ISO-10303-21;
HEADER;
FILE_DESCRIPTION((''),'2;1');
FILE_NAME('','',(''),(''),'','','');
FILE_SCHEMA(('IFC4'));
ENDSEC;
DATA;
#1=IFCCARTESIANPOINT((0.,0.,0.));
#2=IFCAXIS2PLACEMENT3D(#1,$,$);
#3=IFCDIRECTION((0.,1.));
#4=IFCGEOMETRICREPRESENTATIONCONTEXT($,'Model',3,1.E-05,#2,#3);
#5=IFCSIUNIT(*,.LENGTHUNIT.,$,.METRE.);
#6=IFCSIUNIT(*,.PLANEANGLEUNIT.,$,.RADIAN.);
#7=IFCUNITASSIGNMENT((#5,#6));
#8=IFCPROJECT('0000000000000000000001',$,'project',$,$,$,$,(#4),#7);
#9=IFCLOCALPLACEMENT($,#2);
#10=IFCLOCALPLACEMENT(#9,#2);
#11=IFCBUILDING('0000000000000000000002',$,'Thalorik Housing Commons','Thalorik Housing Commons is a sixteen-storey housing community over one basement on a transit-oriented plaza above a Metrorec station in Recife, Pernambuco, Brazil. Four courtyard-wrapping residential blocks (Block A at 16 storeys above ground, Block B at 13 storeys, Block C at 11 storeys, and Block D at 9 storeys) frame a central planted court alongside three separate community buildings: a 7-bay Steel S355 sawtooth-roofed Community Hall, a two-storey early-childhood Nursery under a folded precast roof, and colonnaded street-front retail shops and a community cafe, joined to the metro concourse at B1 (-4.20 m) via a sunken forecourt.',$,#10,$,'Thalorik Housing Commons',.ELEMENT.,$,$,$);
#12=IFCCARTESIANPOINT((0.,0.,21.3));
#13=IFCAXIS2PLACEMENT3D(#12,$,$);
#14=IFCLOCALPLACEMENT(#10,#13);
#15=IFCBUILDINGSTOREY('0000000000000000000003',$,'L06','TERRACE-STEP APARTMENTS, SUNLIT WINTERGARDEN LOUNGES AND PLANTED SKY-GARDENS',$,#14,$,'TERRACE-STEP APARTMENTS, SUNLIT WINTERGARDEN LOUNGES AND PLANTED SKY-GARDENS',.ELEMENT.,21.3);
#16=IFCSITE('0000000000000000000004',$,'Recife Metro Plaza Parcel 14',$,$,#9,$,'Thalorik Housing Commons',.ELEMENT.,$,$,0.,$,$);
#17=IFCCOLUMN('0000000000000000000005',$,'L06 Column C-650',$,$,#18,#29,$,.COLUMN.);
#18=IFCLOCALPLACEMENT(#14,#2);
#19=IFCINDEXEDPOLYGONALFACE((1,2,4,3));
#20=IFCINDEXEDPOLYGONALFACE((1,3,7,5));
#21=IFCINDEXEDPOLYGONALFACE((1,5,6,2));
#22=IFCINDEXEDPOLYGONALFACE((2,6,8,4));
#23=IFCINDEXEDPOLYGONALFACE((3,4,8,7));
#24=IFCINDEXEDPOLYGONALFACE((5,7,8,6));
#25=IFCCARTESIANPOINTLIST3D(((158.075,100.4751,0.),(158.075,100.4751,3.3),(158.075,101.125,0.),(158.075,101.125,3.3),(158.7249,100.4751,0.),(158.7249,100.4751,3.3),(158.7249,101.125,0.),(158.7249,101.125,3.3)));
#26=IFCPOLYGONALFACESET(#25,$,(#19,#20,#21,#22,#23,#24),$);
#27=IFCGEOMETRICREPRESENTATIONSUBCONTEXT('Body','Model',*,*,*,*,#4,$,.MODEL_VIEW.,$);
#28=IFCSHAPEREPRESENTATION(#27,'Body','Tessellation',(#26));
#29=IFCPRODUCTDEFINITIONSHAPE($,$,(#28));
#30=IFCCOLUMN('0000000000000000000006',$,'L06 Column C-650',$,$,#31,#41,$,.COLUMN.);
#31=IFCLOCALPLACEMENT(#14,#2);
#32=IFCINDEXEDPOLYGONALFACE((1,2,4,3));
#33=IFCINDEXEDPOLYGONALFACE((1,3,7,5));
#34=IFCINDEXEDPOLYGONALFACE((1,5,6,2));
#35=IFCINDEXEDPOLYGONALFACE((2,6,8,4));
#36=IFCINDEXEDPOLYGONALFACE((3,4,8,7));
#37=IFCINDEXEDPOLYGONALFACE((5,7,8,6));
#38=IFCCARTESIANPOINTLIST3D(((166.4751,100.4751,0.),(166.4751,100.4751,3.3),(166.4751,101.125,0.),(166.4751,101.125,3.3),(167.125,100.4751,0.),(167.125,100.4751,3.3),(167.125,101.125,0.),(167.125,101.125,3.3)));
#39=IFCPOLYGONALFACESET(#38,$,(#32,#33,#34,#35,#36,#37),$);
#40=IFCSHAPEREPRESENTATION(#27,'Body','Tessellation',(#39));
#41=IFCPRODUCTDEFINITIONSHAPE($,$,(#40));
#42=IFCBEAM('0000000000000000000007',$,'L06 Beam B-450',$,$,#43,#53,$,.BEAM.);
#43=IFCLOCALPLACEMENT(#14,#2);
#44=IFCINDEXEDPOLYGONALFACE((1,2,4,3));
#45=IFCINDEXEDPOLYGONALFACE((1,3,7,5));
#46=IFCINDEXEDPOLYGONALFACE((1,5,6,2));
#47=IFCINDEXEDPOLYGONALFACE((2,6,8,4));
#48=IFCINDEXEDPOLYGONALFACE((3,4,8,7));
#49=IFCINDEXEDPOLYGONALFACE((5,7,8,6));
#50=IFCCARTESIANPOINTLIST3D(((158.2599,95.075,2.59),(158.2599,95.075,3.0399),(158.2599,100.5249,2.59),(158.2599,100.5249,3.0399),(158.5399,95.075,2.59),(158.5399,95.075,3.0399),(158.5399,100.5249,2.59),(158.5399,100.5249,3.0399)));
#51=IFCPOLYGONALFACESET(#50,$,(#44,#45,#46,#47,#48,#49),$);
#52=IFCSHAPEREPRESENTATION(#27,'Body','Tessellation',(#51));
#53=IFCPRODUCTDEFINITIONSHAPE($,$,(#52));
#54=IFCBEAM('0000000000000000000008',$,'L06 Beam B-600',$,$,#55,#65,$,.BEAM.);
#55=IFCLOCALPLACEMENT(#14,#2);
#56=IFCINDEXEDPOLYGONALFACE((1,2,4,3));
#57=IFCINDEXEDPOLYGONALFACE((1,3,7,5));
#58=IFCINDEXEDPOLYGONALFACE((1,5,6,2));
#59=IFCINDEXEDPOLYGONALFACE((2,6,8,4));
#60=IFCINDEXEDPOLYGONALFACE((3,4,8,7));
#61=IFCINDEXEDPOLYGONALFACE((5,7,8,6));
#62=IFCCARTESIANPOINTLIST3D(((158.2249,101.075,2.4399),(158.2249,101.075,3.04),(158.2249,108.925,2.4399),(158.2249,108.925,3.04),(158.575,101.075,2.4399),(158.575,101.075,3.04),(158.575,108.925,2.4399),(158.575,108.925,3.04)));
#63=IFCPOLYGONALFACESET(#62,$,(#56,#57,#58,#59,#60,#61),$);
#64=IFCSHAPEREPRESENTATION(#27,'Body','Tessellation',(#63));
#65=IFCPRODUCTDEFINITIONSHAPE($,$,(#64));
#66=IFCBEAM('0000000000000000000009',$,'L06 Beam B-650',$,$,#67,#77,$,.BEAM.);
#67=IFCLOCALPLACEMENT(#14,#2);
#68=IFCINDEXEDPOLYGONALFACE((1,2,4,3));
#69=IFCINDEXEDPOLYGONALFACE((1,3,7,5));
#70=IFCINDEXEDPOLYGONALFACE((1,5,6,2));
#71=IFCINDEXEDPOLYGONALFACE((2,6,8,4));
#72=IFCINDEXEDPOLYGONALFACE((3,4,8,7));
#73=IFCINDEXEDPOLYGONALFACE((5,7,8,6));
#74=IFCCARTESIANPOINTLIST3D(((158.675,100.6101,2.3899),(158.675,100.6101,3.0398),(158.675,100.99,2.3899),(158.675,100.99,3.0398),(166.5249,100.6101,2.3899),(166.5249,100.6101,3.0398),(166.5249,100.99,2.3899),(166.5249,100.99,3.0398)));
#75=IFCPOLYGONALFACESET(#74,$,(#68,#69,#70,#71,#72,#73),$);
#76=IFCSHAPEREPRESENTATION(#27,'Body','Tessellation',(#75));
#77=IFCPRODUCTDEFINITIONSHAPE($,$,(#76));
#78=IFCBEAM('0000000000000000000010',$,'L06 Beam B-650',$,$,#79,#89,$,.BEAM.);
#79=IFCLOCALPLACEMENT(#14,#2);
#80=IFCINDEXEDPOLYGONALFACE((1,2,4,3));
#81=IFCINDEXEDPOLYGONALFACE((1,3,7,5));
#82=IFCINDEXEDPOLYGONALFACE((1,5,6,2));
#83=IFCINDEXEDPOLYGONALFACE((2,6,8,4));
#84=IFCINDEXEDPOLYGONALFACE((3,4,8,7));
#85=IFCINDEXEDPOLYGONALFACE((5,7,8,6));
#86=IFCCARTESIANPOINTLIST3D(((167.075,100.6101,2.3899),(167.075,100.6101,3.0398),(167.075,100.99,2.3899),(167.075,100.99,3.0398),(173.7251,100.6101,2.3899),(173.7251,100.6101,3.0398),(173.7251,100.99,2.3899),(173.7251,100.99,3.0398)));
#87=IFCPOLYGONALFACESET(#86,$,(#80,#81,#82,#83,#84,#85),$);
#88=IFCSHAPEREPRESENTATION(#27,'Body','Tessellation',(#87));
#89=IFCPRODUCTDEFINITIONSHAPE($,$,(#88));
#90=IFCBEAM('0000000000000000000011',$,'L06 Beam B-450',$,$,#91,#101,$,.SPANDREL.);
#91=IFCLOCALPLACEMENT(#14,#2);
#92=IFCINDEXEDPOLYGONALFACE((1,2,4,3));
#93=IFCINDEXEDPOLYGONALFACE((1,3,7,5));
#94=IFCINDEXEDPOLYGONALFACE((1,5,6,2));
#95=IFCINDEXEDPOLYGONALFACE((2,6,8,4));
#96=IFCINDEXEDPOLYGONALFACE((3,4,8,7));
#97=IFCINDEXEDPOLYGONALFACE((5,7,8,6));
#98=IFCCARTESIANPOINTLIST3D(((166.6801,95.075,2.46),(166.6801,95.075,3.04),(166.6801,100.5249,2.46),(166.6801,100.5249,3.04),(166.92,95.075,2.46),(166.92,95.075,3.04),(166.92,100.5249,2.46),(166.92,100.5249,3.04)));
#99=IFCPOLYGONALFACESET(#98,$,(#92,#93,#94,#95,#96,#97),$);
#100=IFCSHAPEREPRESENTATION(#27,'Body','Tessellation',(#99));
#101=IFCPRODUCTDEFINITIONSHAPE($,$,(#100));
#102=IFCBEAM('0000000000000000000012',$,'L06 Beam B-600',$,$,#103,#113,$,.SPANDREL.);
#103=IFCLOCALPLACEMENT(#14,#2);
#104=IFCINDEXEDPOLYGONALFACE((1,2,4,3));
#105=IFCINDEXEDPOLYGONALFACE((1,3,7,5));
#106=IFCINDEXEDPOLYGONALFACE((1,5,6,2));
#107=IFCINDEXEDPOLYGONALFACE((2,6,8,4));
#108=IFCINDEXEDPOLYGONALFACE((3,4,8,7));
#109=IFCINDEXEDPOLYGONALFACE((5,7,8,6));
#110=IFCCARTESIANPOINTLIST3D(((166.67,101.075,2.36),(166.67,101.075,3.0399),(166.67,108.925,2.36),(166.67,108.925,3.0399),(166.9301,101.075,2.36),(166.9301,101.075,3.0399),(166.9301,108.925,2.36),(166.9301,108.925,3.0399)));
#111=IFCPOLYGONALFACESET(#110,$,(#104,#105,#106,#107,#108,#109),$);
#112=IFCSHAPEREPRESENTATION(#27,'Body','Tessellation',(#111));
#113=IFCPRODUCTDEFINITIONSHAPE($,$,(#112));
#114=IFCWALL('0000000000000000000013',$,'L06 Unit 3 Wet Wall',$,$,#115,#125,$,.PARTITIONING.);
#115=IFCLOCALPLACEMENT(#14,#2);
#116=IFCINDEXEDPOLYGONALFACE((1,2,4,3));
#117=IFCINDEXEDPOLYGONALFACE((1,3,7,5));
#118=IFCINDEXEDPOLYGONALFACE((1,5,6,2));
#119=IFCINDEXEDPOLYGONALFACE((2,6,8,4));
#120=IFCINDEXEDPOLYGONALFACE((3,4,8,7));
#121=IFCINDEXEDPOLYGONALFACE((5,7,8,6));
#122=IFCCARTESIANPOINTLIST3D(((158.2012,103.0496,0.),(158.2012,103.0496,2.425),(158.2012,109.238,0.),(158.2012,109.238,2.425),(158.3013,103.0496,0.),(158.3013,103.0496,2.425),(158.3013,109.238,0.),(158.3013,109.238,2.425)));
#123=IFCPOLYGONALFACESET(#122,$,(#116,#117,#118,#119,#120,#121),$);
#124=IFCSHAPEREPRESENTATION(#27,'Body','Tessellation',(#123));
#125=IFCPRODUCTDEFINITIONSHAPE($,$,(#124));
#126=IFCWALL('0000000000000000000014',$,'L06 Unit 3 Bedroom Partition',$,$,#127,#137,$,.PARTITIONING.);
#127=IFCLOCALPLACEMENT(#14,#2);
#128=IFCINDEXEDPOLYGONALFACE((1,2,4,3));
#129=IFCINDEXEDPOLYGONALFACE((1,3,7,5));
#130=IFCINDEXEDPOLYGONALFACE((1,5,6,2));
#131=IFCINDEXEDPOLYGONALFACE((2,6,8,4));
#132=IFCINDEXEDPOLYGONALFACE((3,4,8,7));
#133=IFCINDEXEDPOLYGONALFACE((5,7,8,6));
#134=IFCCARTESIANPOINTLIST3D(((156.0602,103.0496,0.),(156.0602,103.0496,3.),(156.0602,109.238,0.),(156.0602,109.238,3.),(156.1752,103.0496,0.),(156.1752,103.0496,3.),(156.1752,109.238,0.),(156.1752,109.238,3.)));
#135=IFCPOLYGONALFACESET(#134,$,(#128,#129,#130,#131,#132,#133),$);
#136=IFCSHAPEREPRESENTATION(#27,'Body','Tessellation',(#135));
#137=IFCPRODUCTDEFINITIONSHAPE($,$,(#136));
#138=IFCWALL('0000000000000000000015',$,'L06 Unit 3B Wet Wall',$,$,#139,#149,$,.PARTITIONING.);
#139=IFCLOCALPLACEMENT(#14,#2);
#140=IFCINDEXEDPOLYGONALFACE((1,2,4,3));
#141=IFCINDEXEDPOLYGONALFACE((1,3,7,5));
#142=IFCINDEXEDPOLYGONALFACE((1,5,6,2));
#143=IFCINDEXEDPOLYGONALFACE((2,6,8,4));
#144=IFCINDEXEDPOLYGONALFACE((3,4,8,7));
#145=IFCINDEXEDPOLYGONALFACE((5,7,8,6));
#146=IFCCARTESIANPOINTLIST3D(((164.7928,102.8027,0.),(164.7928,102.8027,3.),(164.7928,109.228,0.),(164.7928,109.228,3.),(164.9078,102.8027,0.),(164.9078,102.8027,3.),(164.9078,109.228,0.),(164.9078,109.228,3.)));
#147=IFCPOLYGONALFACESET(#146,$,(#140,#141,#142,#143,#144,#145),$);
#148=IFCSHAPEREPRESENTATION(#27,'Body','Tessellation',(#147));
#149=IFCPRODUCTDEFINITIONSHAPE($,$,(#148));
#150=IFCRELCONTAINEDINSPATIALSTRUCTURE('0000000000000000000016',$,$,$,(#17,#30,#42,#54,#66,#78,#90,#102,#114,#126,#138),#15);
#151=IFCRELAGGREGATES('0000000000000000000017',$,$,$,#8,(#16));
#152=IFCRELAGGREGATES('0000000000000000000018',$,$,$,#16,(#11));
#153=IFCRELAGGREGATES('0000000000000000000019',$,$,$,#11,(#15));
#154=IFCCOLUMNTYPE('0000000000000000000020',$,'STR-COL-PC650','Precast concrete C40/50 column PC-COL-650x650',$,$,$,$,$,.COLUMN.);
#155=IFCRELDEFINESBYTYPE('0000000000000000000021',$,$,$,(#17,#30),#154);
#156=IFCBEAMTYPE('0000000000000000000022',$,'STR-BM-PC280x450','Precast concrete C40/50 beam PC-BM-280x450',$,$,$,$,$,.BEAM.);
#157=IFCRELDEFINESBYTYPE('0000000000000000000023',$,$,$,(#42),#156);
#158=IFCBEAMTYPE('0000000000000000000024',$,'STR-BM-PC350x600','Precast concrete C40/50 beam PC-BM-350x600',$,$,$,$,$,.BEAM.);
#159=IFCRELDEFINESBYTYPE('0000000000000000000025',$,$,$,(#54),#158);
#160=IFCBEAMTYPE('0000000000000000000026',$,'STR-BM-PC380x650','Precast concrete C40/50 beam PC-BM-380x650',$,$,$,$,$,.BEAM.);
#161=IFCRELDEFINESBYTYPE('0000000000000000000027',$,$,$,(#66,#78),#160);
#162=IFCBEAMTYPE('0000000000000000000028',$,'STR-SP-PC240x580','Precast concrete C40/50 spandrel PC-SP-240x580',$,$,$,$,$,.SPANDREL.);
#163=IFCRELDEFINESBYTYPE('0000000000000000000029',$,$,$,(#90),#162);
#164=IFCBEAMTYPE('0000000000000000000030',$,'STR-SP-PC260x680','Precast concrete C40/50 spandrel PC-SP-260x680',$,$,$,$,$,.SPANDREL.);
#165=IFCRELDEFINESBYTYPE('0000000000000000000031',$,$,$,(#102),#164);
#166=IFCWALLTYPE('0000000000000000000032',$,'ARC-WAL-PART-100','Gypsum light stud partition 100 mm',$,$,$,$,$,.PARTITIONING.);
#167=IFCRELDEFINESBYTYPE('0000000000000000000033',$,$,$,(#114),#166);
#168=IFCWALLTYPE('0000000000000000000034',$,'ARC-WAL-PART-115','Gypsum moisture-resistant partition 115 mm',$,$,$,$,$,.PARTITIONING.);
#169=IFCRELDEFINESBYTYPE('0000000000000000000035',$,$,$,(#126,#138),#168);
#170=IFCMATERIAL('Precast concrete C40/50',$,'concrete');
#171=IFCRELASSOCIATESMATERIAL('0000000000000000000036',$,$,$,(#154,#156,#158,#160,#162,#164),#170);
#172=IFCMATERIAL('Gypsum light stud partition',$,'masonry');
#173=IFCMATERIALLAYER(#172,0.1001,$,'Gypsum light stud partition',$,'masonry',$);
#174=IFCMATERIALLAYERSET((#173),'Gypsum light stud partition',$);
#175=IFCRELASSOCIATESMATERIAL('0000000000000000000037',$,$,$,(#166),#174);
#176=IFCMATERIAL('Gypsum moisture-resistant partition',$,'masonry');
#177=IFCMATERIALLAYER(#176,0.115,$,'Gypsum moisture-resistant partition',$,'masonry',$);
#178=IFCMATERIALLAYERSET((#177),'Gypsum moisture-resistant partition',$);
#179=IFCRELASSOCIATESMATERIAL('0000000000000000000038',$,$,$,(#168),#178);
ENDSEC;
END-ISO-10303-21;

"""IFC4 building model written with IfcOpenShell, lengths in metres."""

from ifc_helpers import new_model, si_unit, direction, frame, frame_2d, origin, origin_2d, place, context, subcontext, project, spatial, rectangle, extrude, material, layer, layer_set, material_profile, profile_set, type_object, element, save


model = new_model("IFC4")

# Units and contexts
model_context = context("Model", 3, precision=1e-05, world=origin(), true_north=direction((0.0, 1.0)))
body_context = subcontext(model_context, "Body", "Model", "MODEL_VIEW")
ifc_project = project(units=[si_unit("LENGTHUNIT", "METRE"), si_unit("PLANEANGLEUNIT", "RADIAN")], contexts=[model_context])

# Site, building, storey
site_placement = place(None, origin())
site = spatial("IfcSite", under=ifc_project, at=site_placement, Name="Recife Metro Plaza Parcel 14", LongName="Thalorik Housing Commons", CompositionType="ELEMENT", RefElevation=0.0)
building_placement = place(site_placement, origin())
building = spatial("IfcBuilding", under=site, at=building_placement, Name="Thalorik Housing Commons", Description="Thalorik Housing Commons is a sixteen-storey housing community over one basement on a transit-oriented plaza above a Metrorec station in Recife, Pernambuco, Brazil. Four courtyard-wrapping residential blocks (Block A at 16 storeys above ground, Block B at 13 storeys, Block C at 11 storeys, and Block D at 9 storeys) frame a central planted court alongside three separate community buildings: a 7-bay Steel S355 sawtooth-roofed Community Hall, a two-storey early-childhood Nursery under a folded precast roof, and colonnaded street-front retail shops and a community cafe, joined to the metro concourse at B1 (-4.20 m) via a sunken forecourt.", LongName="Thalorik Housing Commons", CompositionType="ELEMENT")
storey_placement = place(building_placement, frame((0.0, 0.0, 21.3)))
storey = spatial("IfcBuildingStorey", under=building, at=storey_placement, Name="L06", Description="TERRACE-STEP APARTMENTS, SUNLIT WINTERGARDEN LOUNGES AND PLANTED SKY-GARDENS", LongName="TERRACE-STEP APARTMENTS, SUNLIT WINTERGARDEN LOUNGES AND PLANTED SKY-GARDENS", CompositionType="ELEMENT", Elevation=21.3)

# Columns
ifc_material_1 = material(Name="Precast concrete C40/50", Category="concrete")
ifc_material_profile_1 = material_profile(ifc_material_1, rectangle(XDim=0.6499, YDim=0.6499, at=origin_2d()), Name="PC 650x650", Category="concrete")
ifc_profile_set_1 = profile_set([ifc_material_profile_1], Name="Precast concrete C40/50")
column_type = type_object("IfcColumnType", Name="STR-COL-PC650", Description="Precast concrete C40/50 column PC-COL-650x650", PredefinedType="COLUMN", material=ifc_profile_set_1)
for number, where, z_axis, x_axis, name in (
    (1, (158.3999, 100.8, 0.0), (0.0, 0.0, 1.0), (1.0, 0.0, 0.0), "L06 Column C-650"),
    (2, (166.8, 100.8, 0.0), (0.0, 0.0, 1.0), (1.0, 0.0, 0.0), "L06 Column C-650"),
):
    element("IfcColumn", number, at=place(storey_placement, frame(where, z_axis=z_axis, x_axis=x_axis)), inside=storey, type_object=column_type, Name=name, PredefinedType="COLUMN", context=body_context, shape_type="SweptSolid", body=[
        extrude(rectangle(XDim=0.6499, YDim=0.6499, at=origin_2d()), origin(), (0.0, 0.0, 1.0), 3.3),
    ])

# Beams
ifc_material_profile_2 = material_profile(ifc_material_1, rectangle(XDim=0.28, YDim=0.45, at=origin_2d()), Name="PC 280x450", Category="concrete")
ifc_profile_set_2 = profile_set([ifc_material_profile_2], Name="Precast concrete C40/50")
beam_type_1 = type_object("IfcBeamType", Name="STR-BM-PC280x450", Description="Precast concrete C40/50 beam PC-BM-280x450", PredefinedType="BEAM", material=ifc_profile_set_2)
beam_1_placement = place(storey_placement, frame((158.3999, 95.075, 2.8149), z_axis=(0.0, 1.0, 0.0), x_axis=(-1.0, 0.0, 0.0)))
element("IfcBeam", 3, at=beam_1_placement, inside=storey, type_object=beam_type_1, Name="L06 Beam B-450", PredefinedType="BEAM", context=body_context, shape_type="SweptSolid", body=[
    extrude(rectangle(XDim=0.28, YDim=0.45, at=origin_2d()), origin(), (0.0, 0.0, 1.0), 5.45),
])
ifc_material_profile_3 = material_profile(ifc_material_1, rectangle(XDim=0.3501, YDim=0.6001, at=origin_2d()), Name="PC 350x600", Category="concrete")
ifc_profile_set_3 = profile_set([ifc_material_profile_3], Name="Precast concrete C40/50")
beam_type_2 = type_object("IfcBeamType", Name="STR-BM-PC350x600", Description="Precast concrete C40/50 beam PC-BM-350x600", PredefinedType="BEAM", material=ifc_profile_set_3)
beam_2_placement = place(storey_placement, frame((158.3999, 101.075, 2.74), z_axis=(0.0, 1.0, 0.0), x_axis=(-1.0, 0.0, 0.0)))
element("IfcBeam", 4, at=beam_2_placement, inside=storey, type_object=beam_type_2, Name="L06 Beam B-600", PredefinedType="BEAM", context=body_context, shape_type="SweptSolid", body=[
    extrude(rectangle(XDim=0.3501, YDim=0.6001, at=origin_2d()), origin(), (0.0, 0.0, 1.0), 7.8501),
])
ifc_material_profile_4 = material_profile(ifc_material_1, rectangle(XDim=0.3799, YDim=0.6499, at=origin_2d()), Name="PC 380x650", Category="concrete")
ifc_profile_set_4 = profile_set([ifc_material_profile_4], Name="Precast concrete C40/50")
beam_type_3 = type_object("IfcBeamType", Name="STR-BM-PC380x650", Description="Precast concrete C40/50 beam PC-BM-380x650", PredefinedType="BEAM", material=ifc_profile_set_4)
beam_3_placement = place(storey_placement, frame((158.675, 100.8, 2.7148), z_axis=(1.0, 0.0, 0.0), x_axis=(0.0, 1.0, 0.0)))
element("IfcBeam", 5, at=beam_3_placement, inside=storey, type_object=beam_type_3, Name="L06 Beam B-650", PredefinedType="BEAM", context=body_context, shape_type="SweptSolid", body=[
    extrude(rectangle(XDim=0.3799, YDim=0.6499, at=origin_2d()), origin(), (0.0, 0.0, 1.0), 7.8499),
])
beam_4_placement = place(storey_placement, frame((167.075, 100.8, 2.7148), z_axis=(1.0, 0.0, 0.0), x_axis=(0.0, 1.0, 0.0)))
element("IfcBeam", 6, at=beam_4_placement, inside=storey, type_object=beam_type_3, Name="L06 Beam B-650", PredefinedType="BEAM", context=body_context, shape_type="SweptSolid", body=[
    extrude(rectangle(XDim=0.3799, YDim=0.6499, at=origin_2d()), origin(), (0.0, 0.0, 1.0), 6.6501),
])
ifc_material_profile_5 = material_profile(ifc_material_1, rectangle(XDim=0.24, YDim=0.5801, at=origin_2d()), Name="PC SP 240x580", Category="concrete")
ifc_profile_set_5 = profile_set([ifc_material_profile_5], Name="Precast concrete C40/50")
beam_type_4 = type_object("IfcBeamType", Name="STR-SP-PC240x580", Description="Precast concrete C40/50 spandrel PC-SP-240x580", PredefinedType="SPANDREL", material=ifc_profile_set_5)
beam_5_placement = place(storey_placement, frame((166.8, 95.075, 2.75), z_axis=(0.0, 1.0, 0.0), x_axis=(-1.0, 0.0, 0.0)))
element("IfcBeam", 7, at=beam_5_placement, inside=storey, type_object=beam_type_4, Name="L06 Beam B-450", PredefinedType="SPANDREL", context=body_context, shape_type="SweptSolid", body=[
    extrude(rectangle(XDim=0.24, YDim=0.5801, at=origin_2d()), origin(), (0.0, 0.0, 1.0), 5.45),
])
ifc_material_profile_6 = material_profile(ifc_material_1, rectangle(XDim=0.26, YDim=0.6799, at=origin_2d()), Name="PC SP 260x680", Category="concrete")
ifc_profile_set_6 = profile_set([ifc_material_profile_6], Name="Precast concrete C40/50")
beam_type_5 = type_object("IfcBeamType", Name="STR-SP-PC260x680", Description="Precast concrete C40/50 spandrel PC-SP-260x680", PredefinedType="SPANDREL", material=ifc_profile_set_6)
beam_6_placement = place(storey_placement, frame((166.8, 101.075, 2.7), z_axis=(0.0, 1.0, 0.0), x_axis=(-1.0, 0.0, 0.0)))
element("IfcBeam", 8, at=beam_6_placement, inside=storey, type_object=beam_type_5, Name="L06 Beam B-600", PredefinedType="SPANDREL", context=body_context, shape_type="SweptSolid", body=[
    extrude(rectangle(XDim=0.26, YDim=0.6799, at=origin_2d()), origin(), (0.0, 0.0, 1.0), 7.8501),
])

# Walls
ifc_material_2 = material(Name="Gypsum light stud partition", Category="masonry")
ifc_layer_1 = layer(ifc_material_2, 0.1001, Name="Gypsum light stud partition", Category="masonry")
ifc_layer_set_1 = layer_set([ifc_layer_1], Name="Gypsum light stud partition")
wall_type_1 = type_object("IfcWallType", Name="ARC-WAL-PART-100", Description="Gypsum light stud partition 100 mm", PredefinedType="PARTITIONING", material=ifc_layer_set_1)
wall_1_placement = place(storey_placement, frame((158.2512, 103.0496, 0.0), z_axis=(0.0, 0.0, 1.0), x_axis=(0.0, 1.0, 0.0)))
element("IfcWall", 9, at=wall_1_placement, inside=storey, type_object=wall_type_1, Name="L06 Unit 3 Wet Wall", PredefinedType="PARTITIONING", context=body_context, shape_type="SweptSolid", body=[
    extrude(rectangle(XDim=6.1885, YDim=0.1001, at=frame_2d((3.0942, 0.0))), origin(), (0.0, 0.0, 1.0), 2.425),
])
ifc_material_3 = material(Name="Gypsum moisture-resistant partition", Category="masonry")
ifc_layer_2 = layer(ifc_material_3, 0.115, Name="Gypsum moisture-resistant partition", Category="masonry")
ifc_layer_set_2 = layer_set([ifc_layer_2], Name="Gypsum moisture-resistant partition")
wall_type_2 = type_object("IfcWallType", Name="ARC-WAL-PART-115", Description="Gypsum moisture-resistant partition 115 mm", PredefinedType="PARTITIONING", material=ifc_layer_set_2)
wall_2_placement = place(storey_placement, frame((156.1177, 103.0496, 0.0), z_axis=(0.0, 0.0, 1.0), x_axis=(0.0, 1.0, 0.0)))
element("IfcWall", 10, at=wall_2_placement, inside=storey, type_object=wall_type_2, Name="L06 Unit 3 Bedroom Partition", PredefinedType="PARTITIONING", context=body_context, shape_type="SweptSolid", body=[
    extrude(rectangle(XDim=6.1885, YDim=0.115, at=frame_2d((3.0942, 0.0))), origin(), (0.0, 0.0, 1.0), 3.0),
])
wall_3_placement = place(storey_placement, frame((164.8503, 102.8027, 0.0), z_axis=(0.0, 0.0, 1.0), x_axis=(0.0, 1.0, 0.0)))
element("IfcWall", 11, at=wall_3_placement, inside=storey, type_object=wall_type_2, Name="L06 Unit 3B Wet Wall", PredefinedType="PARTITIONING", context=body_context, shape_type="SweptSolid", body=[
    extrude(rectangle(XDim=6.4253, YDim=0.115, at=frame_2d((3.2126, 0.0))), origin(), (0.0, 0.0, 1.0), 3.0),
])

save(model, "model.ifc")
